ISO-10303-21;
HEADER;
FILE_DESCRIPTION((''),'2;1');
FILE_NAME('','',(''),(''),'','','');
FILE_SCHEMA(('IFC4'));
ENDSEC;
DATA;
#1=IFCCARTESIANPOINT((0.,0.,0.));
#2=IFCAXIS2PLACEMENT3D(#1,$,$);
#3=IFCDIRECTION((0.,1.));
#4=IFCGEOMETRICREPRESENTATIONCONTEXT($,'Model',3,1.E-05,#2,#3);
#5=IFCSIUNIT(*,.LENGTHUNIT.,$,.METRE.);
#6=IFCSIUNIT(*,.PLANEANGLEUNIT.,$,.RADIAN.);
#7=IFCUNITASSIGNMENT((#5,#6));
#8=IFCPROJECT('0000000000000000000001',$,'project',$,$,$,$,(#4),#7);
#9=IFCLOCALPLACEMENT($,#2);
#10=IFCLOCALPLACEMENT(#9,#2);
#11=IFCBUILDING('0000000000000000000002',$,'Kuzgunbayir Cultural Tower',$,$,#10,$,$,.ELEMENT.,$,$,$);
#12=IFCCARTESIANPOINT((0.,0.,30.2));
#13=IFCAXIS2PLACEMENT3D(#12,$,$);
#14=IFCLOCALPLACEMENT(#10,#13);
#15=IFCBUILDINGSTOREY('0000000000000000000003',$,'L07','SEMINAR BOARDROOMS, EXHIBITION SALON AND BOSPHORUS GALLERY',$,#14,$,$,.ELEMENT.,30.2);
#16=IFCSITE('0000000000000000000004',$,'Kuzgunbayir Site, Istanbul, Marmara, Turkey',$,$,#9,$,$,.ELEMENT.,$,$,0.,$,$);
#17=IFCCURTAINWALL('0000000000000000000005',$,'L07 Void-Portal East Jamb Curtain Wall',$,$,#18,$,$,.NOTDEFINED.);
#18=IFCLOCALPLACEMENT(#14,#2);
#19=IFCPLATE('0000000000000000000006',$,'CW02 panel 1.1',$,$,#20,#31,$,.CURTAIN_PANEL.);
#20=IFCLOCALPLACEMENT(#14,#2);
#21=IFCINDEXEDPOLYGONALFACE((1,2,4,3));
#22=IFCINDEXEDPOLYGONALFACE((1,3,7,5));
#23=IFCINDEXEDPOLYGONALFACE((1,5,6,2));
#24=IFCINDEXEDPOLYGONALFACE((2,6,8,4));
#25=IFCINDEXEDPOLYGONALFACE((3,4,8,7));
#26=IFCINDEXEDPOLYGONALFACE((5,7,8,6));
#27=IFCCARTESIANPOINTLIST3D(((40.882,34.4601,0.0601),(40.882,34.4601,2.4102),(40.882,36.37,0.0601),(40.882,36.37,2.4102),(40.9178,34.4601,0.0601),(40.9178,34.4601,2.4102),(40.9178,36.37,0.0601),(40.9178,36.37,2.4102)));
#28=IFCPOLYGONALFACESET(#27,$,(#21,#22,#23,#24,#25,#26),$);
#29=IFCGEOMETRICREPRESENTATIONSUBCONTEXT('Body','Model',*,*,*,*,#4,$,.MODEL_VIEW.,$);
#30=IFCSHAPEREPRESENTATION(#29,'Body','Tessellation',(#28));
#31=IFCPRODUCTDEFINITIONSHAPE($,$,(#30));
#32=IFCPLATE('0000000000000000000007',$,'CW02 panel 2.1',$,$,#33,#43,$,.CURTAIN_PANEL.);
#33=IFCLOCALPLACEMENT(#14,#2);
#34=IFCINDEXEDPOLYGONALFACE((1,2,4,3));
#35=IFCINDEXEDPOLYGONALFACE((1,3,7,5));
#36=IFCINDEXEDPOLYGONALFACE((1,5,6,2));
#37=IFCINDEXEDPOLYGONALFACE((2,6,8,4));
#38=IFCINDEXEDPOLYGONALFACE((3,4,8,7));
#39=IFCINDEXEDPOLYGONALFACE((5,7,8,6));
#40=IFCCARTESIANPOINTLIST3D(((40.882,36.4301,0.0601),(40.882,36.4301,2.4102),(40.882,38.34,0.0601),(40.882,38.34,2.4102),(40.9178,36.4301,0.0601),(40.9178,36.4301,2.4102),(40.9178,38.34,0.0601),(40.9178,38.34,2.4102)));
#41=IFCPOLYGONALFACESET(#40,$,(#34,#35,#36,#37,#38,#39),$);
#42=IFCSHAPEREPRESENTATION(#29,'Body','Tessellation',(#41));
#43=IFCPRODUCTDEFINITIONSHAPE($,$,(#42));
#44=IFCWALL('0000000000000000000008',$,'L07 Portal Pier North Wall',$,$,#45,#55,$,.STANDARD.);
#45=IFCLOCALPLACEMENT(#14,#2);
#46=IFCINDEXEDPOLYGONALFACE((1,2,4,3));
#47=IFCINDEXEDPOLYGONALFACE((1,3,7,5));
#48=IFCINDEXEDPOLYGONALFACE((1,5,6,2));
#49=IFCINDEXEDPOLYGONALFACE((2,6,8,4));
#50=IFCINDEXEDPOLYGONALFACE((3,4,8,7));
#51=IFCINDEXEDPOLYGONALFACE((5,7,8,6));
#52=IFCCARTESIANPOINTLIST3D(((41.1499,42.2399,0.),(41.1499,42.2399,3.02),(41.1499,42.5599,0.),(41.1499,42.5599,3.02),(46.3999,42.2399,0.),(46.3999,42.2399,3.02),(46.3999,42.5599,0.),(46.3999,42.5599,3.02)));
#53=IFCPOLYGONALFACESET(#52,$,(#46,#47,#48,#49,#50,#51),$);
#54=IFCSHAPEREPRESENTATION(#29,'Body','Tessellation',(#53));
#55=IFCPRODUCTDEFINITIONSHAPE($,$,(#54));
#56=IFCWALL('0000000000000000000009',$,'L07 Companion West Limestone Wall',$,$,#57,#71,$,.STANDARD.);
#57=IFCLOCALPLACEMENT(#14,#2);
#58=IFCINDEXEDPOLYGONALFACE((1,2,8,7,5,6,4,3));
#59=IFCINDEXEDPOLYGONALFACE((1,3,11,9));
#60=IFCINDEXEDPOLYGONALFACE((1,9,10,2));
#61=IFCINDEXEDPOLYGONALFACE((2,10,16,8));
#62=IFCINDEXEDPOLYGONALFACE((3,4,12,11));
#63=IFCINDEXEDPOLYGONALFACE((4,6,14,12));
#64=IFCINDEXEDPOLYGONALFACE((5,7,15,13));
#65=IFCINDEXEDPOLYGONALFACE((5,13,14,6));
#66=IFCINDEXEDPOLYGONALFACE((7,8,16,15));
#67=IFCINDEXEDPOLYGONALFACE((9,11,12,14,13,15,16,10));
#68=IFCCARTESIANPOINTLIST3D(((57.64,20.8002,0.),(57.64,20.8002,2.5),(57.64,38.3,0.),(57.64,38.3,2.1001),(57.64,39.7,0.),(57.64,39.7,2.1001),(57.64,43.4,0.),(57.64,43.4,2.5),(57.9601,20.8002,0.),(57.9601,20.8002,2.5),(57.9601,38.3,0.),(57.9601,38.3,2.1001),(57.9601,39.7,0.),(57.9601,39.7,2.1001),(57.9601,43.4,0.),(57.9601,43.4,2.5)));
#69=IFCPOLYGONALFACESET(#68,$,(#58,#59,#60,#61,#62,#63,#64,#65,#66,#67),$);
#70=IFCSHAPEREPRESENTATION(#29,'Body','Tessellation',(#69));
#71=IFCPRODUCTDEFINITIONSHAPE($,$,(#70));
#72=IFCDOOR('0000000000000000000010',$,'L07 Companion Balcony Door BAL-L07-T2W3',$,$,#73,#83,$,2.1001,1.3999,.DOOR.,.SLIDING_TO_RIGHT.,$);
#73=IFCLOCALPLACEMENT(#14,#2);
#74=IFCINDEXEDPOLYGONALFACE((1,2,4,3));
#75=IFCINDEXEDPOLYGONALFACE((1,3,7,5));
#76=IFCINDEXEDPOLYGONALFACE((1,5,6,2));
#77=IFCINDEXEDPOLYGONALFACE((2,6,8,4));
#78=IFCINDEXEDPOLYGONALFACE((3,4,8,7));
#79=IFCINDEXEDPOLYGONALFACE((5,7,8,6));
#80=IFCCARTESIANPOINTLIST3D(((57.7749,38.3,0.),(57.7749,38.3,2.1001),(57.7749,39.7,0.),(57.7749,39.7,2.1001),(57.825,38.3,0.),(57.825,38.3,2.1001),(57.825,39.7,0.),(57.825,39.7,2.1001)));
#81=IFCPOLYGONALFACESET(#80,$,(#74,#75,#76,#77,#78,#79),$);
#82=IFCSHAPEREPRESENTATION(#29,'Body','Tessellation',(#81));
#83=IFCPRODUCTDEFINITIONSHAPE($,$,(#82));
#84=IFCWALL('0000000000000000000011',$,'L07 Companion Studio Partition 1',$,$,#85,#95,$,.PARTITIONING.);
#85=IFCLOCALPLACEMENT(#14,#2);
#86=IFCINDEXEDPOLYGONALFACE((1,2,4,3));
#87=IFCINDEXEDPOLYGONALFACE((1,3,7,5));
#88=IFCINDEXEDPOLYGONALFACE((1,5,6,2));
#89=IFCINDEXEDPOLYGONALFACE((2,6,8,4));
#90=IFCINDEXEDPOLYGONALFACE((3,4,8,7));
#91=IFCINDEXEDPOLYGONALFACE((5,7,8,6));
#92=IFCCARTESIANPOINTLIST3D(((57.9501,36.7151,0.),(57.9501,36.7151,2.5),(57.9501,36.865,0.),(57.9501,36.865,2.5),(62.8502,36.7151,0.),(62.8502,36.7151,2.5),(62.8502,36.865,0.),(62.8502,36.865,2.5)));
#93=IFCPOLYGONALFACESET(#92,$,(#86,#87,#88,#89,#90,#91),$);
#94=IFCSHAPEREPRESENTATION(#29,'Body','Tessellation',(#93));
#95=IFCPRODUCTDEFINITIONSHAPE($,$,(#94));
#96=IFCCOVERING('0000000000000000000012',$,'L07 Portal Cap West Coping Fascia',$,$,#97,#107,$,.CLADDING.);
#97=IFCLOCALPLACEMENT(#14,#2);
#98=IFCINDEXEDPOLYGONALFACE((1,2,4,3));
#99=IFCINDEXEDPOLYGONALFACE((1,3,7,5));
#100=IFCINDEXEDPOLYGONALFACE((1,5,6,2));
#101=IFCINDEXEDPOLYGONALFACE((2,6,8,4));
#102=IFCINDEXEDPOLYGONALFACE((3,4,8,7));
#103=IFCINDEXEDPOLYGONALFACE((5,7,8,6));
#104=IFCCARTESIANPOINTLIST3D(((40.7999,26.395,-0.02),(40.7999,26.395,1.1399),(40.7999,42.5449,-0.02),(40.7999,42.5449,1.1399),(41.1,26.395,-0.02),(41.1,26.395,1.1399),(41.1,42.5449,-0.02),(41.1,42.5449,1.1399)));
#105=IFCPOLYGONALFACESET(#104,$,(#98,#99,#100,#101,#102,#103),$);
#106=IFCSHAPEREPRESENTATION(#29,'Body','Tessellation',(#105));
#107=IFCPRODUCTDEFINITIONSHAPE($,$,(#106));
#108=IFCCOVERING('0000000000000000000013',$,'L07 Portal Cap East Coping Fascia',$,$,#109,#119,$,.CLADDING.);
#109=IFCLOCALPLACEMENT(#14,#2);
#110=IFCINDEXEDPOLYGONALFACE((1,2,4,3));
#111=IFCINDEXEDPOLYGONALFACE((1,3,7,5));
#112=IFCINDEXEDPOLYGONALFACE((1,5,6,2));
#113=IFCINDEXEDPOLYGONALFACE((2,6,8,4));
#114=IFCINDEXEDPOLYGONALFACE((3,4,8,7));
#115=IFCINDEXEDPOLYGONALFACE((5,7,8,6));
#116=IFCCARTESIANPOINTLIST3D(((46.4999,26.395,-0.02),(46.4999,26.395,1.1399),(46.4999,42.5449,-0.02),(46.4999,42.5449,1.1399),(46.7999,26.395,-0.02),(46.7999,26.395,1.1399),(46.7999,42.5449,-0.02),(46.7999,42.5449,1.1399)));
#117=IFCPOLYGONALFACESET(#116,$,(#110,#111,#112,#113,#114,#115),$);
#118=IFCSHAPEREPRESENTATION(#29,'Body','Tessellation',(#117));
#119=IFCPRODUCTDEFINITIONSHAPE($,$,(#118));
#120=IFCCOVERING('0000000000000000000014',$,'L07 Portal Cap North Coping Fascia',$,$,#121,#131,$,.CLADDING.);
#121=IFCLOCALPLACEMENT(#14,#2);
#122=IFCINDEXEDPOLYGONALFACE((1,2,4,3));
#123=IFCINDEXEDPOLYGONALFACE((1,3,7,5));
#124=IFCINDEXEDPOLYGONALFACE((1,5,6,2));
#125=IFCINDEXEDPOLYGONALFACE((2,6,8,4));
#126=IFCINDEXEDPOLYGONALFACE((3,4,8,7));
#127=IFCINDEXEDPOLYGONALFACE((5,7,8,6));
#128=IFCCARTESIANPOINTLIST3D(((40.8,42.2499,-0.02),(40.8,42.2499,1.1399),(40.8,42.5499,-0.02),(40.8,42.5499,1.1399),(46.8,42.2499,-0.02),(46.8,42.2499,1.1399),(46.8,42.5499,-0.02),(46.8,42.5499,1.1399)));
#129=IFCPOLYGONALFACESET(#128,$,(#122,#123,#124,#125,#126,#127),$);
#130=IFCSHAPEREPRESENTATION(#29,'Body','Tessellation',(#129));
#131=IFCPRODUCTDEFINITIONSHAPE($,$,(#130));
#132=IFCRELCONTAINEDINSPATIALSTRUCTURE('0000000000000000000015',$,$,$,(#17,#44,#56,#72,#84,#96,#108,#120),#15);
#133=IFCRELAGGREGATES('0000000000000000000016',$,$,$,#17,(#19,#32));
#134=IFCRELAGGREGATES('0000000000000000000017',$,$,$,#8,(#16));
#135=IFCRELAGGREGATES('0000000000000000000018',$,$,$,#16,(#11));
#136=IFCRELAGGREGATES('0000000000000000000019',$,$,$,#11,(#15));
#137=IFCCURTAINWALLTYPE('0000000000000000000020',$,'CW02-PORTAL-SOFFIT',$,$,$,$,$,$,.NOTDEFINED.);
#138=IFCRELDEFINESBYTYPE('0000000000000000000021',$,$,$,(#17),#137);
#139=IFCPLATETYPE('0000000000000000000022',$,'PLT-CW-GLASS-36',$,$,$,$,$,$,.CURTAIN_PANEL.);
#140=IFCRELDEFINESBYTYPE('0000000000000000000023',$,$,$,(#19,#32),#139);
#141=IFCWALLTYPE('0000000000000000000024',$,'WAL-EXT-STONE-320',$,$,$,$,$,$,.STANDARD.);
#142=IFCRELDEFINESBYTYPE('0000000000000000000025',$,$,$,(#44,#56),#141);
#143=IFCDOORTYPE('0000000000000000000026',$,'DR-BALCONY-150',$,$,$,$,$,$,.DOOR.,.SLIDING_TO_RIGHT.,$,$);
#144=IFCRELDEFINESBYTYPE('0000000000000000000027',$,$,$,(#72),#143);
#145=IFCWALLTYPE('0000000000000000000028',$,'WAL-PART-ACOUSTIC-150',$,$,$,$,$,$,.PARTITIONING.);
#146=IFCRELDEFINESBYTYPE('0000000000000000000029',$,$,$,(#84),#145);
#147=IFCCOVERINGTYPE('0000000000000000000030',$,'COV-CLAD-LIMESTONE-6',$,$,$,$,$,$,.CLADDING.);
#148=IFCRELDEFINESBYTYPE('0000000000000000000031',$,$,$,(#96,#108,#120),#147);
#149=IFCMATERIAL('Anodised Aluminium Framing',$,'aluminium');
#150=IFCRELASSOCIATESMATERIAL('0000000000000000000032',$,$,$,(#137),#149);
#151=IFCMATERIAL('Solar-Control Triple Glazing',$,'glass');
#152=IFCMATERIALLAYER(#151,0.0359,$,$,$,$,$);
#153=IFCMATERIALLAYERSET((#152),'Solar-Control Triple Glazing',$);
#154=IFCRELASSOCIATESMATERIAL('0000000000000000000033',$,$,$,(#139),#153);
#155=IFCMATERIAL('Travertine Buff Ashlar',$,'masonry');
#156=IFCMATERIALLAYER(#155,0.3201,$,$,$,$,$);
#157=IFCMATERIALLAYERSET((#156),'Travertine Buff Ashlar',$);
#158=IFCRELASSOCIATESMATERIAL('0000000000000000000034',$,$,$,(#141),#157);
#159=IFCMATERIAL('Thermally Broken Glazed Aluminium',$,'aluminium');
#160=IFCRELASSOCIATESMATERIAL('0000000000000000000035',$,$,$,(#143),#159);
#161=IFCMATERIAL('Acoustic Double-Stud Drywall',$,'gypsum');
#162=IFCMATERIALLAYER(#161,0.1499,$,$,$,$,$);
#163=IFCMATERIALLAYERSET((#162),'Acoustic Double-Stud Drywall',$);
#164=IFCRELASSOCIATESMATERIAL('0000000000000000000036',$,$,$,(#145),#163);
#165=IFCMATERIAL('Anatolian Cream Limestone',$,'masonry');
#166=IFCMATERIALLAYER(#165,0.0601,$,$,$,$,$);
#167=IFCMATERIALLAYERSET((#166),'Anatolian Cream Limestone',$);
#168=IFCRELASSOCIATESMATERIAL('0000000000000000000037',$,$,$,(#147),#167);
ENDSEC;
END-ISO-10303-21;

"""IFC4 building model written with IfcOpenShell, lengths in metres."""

from ifc_helpers import new_model, si_unit, direction, frame, frame_2d, origin, origin_2d, place, context, subcontext, project, spatial, rectangle, extrude, material, layer, layer_set, type_object, element, fill, aggregate, save


model = new_model("IFC4")

# Units and contexts
model_context = context("Model", 3, precision=1e-05, world=origin(), true_north=direction((0.0, 1.0)))
body_context = subcontext(model_context, "Body", "Model", "MODEL_VIEW")
ifc_project = project(units=[si_unit("LENGTHUNIT", "METRE"), si_unit("PLANEANGLEUNIT", "RADIAN")], contexts=[model_context])

# Site, building, storey
site_placement = place(None, origin())
site = spatial("IfcSite", under=ifc_project, at=site_placement, Name="Kuzgunbayir Site, Istanbul, Marmara, Turkey", CompositionType="ELEMENT", RefElevation=0.0)
building_placement = place(site_placement, origin())
building = spatial("IfcBuilding", under=site, at=building_placement, Name="Kuzgunbayir Cultural Tower", CompositionType="ELEMENT")
storey_placement = place(building_placement, frame((0.0, 0.0, 30.2)))
storey = spatial("IfcBuildingStorey", under=building, at=storey_placement, Name="L07", Description="SEMINAR BOARDROOMS, EXHIBITION SALON AND BOSPHORUS GALLERY", CompositionType="ELEMENT", Elevation=30.2)

# Curtain wall
ifc_material_1 = material(Name="Anodised Aluminium Framing", Category="aluminium")
curtain_wall_type = type_object("IfcCurtainWallType", Name="CW02-PORTAL-SOFFIT", PredefinedType="NOTDEFINED", material=ifc_material_1)
curtain_wall_1_placement = place(storey_placement, origin())
curtain_wall_1 = element("IfcCurtainWall", 1, at=curtain_wall_1_placement, inside=storey, type_object=curtain_wall_type, Name="L07 Void-Portal East Jamb Curtain Wall", PredefinedType="NOTDEFINED")

# Plates
ifc_material_2 = material(Name="Solar-Control Triple Glazing", Category="glass")
ifc_layer_1 = layer(ifc_material_2, 0.0359)
ifc_layer_set_1 = layer_set([ifc_layer_1], Name="Solar-Control Triple Glazing")
plate_type = type_object("IfcPlateType", Name="PLT-CW-GLASS-36", PredefinedType="CURTAIN_PANEL", material=ifc_layer_set_1)
plate_1_placement = place(storey_placement, frame((40.8999, 35.415, 0.0601), z_axis=(0.0, 0.0, 1.0), x_axis=(0.0, 1.0, 0.0)))
plate_1 = element("IfcPlate", 2, at=plate_1_placement, type_object=plate_type, Name="CW02 panel 1.1", PredefinedType="CURTAIN_PANEL", context=body_context, shape_type="SweptSolid", body=[
    extrude(rectangle(XDim=1.9099, YDim=0.0359, at=origin_2d()), origin(), (0.0, 0.0, 1.0), 2.3501),
])
plate_2_placement = place(storey_placement, frame((40.8999, 37.385, 0.0601), z_axis=(0.0, 0.0, 1.0), x_axis=(0.0, 1.0, 0.0)))
plate_2 = element("IfcPlate", 3, at=plate_2_placement, type_object=plate_type, Name="CW02 panel 2.1", PredefinedType="CURTAIN_PANEL", context=body_context, shape_type="SweptSolid", body=[
    extrude(rectangle(XDim=1.9099, YDim=0.0359, at=origin_2d()), origin(), (0.0, 0.0, 1.0), 2.3501),
])
aggregate(curtain_wall_1, [plate_1, plate_2])

# Wall
ifc_material_3 = material(Name="Travertine Buff Ashlar", Category="masonry")
ifc_layer_2 = layer(ifc_material_3, 0.3201)
ifc_layer_set_2 = layer_set([ifc_layer_2], Name="Travertine Buff Ashlar")
wall_type_1 = type_object("IfcWallType", Name="WAL-EXT-STONE-320", PredefinedType="STANDARD", material=ifc_layer_set_2)
wall_1_placement = place(storey_placement, frame((46.3999, 42.3999, 0.0), z_axis=(0.0, 0.0, 1.0), x_axis=(-1.0, 0.0, 0.0)))
element("IfcWall", 4, at=wall_1_placement, inside=storey, type_object=wall_type_1, Name="L07 Portal Pier North Wall", PredefinedType="STANDARD", context=body_context, shape_type="SweptSolid", body=[
    extrude(rectangle(XDim=5.25, YDim=0.3201, at=frame_2d((2.625, 0.0))), origin(), (0.0, 0.0, 1.0), 3.02),
])

# Wall, opening, door
wall_2_placement = place(storey_placement, frame((57.8, 43.3999, 0.0), z_axis=(0.0, 0.0, 1.0), x_axis=(0.0, -1.0, 0.0)))
wall_2 = element("IfcWall", 5, at=wall_2_placement, inside=storey, type_object=wall_type_1, Name="L07 Companion West Limestone Wall", PredefinedType="STANDARD", context=body_context, shape_type="SweptSolid", body=[
    extrude(rectangle(XDim=22.5999, YDim=0.3201, at=frame_2d((11.2998, 0.0))), origin(), (0.0, 0.0, 1.0), 2.5),
])
opening_placement = place(wall_2_placement, frame((3.7, 0.0, 0.0)))
opening = element("IfcOpeningElement", 6, at=opening_placement, cuts=wall_2, PredefinedType="OPENING", context=body_context, shape_type="SweptSolid", body=[
    extrude(rectangle(XDim=1.3999, YDim=2.1001, at=frame_2d((0.7, 1.05))), frame((0.0, 0.1699, 0.0), z_axis=(0.0, -1.0, 0.0), x_axis=(1.0, 0.0, 0.0)), (0.0, 0.0, 1.0), 0.3401),
])
ifc_material_4 = material(Name="Thermally Broken Glazed Aluminium", Category="aluminium")
door_type = type_object("IfcDoorType", Name="DR-BALCONY-150", OperationType="SLIDING_TO_RIGHT", PredefinedType="DOOR", material=ifc_material_4)
door_placement = place(opening_placement, origin())
door = element("IfcDoor", 7, at=door_placement, inside=storey, type_object=door_type, Name="L07 Companion Balcony Door BAL-L07-T2W3", OperationType="SLIDING_TO_RIGHT", OverallHeight=2.1001, OverallWidth=1.3999, PredefinedType="DOOR", context=body_context, shape_type="SweptSolid", body=[
    extrude(rectangle(XDim=1.3999, YDim=2.1001, at=frame_2d((0.7, 1.05))), frame((0.0, 0.0249, 0.0), z_axis=(0.0, -1.0, 0.0), x_axis=(1.0, 0.0, 0.0)), (0.0, 0.0, 1.0), 0.05),
])
fill(opening, door)

# Wall
ifc_material_5 = material(Name="Acoustic Double-Stud Drywall", Category="gypsum")
ifc_layer_3 = layer(ifc_material_5, 0.1499)
ifc_layer_set_3 = layer_set([ifc_layer_3], Name="Acoustic Double-Stud Drywall")
wall_type_2 = type_object("IfcWallType", Name="WAL-PART-ACOUSTIC-150", PredefinedType="PARTITIONING", material=ifc_layer_set_3)
wall_3_placement = place(storey_placement, frame((57.95, 36.79, 0.0), z_axis=(0.0, 0.0, 1.0), x_axis=(1.0, 0.0, 0.0)))
element("IfcWall", 8, at=wall_3_placement, inside=storey, type_object=wall_type_2, Name="L07 Companion Studio Partition 1", PredefinedType="PARTITIONING", context=body_context, shape_type="SweptSolid", body=[
    extrude(rectangle(XDim=4.9001, YDim=0.1499, at=frame_2d((2.4502, 0.0))), origin(), (0.0, 0.0, 1.0), 2.5),
])

# Coverings
ifc_material_6 = material(Name="Anatolian Cream Limestone", Category="masonry")
ifc_layer_4 = layer(ifc_material_6, 0.0601)
ifc_layer_set_4 = layer_set([ifc_layer_4], Name="Anatolian Cream Limestone")
covering_type = type_object("IfcCoveringType", Name="COV-CLAD-LIMESTONE-6", PredefinedType="CLADDING", material=ifc_layer_set_4)
for number, where, z_axis, x_axis, name in (
    (9, (40.95, 34.47, -0.02), (0.0, 0.0, 1.0), (1.0, 0.0, 0.0), "L07 Portal Cap West Coping Fascia"),
    (10, (46.6499, 34.47, -0.02), (0.0, 0.0, 1.0), (1.0, 0.0, 0.0), "L07 Portal Cap East Coping Fascia"),
):
    element("IfcCovering", number, at=place(storey_placement, frame(where, z_axis=z_axis, x_axis=x_axis)), inside=storey, type_object=covering_type, Name=name, PredefinedType="CLADDING", context=body_context, shape_type="SweptSolid", body=[
        extrude(rectangle(XDim=0.3, YDim=16.1499, at=origin_2d()), origin(), (0.0, 0.0, 1.0), 1.1599),
    ])
covering_placement = place(storey_placement, frame((43.8, 42.3999, -0.02), z_axis=(0.0, 0.0, 1.0), x_axis=(1.0, 0.0, 0.0)))
element("IfcCovering", 11, at=covering_placement, inside=storey, type_object=covering_type, Name="L07 Portal Cap North Coping Fascia", PredefinedType="CLADDING", context=body_context, shape_type="SweptSolid", body=[
    extrude(rectangle(XDim=6.0, YDim=0.3, at=origin_2d()), origin(), (0.0, 0.0, 1.0), 1.1599),
])

save(model, "model.ifc")
